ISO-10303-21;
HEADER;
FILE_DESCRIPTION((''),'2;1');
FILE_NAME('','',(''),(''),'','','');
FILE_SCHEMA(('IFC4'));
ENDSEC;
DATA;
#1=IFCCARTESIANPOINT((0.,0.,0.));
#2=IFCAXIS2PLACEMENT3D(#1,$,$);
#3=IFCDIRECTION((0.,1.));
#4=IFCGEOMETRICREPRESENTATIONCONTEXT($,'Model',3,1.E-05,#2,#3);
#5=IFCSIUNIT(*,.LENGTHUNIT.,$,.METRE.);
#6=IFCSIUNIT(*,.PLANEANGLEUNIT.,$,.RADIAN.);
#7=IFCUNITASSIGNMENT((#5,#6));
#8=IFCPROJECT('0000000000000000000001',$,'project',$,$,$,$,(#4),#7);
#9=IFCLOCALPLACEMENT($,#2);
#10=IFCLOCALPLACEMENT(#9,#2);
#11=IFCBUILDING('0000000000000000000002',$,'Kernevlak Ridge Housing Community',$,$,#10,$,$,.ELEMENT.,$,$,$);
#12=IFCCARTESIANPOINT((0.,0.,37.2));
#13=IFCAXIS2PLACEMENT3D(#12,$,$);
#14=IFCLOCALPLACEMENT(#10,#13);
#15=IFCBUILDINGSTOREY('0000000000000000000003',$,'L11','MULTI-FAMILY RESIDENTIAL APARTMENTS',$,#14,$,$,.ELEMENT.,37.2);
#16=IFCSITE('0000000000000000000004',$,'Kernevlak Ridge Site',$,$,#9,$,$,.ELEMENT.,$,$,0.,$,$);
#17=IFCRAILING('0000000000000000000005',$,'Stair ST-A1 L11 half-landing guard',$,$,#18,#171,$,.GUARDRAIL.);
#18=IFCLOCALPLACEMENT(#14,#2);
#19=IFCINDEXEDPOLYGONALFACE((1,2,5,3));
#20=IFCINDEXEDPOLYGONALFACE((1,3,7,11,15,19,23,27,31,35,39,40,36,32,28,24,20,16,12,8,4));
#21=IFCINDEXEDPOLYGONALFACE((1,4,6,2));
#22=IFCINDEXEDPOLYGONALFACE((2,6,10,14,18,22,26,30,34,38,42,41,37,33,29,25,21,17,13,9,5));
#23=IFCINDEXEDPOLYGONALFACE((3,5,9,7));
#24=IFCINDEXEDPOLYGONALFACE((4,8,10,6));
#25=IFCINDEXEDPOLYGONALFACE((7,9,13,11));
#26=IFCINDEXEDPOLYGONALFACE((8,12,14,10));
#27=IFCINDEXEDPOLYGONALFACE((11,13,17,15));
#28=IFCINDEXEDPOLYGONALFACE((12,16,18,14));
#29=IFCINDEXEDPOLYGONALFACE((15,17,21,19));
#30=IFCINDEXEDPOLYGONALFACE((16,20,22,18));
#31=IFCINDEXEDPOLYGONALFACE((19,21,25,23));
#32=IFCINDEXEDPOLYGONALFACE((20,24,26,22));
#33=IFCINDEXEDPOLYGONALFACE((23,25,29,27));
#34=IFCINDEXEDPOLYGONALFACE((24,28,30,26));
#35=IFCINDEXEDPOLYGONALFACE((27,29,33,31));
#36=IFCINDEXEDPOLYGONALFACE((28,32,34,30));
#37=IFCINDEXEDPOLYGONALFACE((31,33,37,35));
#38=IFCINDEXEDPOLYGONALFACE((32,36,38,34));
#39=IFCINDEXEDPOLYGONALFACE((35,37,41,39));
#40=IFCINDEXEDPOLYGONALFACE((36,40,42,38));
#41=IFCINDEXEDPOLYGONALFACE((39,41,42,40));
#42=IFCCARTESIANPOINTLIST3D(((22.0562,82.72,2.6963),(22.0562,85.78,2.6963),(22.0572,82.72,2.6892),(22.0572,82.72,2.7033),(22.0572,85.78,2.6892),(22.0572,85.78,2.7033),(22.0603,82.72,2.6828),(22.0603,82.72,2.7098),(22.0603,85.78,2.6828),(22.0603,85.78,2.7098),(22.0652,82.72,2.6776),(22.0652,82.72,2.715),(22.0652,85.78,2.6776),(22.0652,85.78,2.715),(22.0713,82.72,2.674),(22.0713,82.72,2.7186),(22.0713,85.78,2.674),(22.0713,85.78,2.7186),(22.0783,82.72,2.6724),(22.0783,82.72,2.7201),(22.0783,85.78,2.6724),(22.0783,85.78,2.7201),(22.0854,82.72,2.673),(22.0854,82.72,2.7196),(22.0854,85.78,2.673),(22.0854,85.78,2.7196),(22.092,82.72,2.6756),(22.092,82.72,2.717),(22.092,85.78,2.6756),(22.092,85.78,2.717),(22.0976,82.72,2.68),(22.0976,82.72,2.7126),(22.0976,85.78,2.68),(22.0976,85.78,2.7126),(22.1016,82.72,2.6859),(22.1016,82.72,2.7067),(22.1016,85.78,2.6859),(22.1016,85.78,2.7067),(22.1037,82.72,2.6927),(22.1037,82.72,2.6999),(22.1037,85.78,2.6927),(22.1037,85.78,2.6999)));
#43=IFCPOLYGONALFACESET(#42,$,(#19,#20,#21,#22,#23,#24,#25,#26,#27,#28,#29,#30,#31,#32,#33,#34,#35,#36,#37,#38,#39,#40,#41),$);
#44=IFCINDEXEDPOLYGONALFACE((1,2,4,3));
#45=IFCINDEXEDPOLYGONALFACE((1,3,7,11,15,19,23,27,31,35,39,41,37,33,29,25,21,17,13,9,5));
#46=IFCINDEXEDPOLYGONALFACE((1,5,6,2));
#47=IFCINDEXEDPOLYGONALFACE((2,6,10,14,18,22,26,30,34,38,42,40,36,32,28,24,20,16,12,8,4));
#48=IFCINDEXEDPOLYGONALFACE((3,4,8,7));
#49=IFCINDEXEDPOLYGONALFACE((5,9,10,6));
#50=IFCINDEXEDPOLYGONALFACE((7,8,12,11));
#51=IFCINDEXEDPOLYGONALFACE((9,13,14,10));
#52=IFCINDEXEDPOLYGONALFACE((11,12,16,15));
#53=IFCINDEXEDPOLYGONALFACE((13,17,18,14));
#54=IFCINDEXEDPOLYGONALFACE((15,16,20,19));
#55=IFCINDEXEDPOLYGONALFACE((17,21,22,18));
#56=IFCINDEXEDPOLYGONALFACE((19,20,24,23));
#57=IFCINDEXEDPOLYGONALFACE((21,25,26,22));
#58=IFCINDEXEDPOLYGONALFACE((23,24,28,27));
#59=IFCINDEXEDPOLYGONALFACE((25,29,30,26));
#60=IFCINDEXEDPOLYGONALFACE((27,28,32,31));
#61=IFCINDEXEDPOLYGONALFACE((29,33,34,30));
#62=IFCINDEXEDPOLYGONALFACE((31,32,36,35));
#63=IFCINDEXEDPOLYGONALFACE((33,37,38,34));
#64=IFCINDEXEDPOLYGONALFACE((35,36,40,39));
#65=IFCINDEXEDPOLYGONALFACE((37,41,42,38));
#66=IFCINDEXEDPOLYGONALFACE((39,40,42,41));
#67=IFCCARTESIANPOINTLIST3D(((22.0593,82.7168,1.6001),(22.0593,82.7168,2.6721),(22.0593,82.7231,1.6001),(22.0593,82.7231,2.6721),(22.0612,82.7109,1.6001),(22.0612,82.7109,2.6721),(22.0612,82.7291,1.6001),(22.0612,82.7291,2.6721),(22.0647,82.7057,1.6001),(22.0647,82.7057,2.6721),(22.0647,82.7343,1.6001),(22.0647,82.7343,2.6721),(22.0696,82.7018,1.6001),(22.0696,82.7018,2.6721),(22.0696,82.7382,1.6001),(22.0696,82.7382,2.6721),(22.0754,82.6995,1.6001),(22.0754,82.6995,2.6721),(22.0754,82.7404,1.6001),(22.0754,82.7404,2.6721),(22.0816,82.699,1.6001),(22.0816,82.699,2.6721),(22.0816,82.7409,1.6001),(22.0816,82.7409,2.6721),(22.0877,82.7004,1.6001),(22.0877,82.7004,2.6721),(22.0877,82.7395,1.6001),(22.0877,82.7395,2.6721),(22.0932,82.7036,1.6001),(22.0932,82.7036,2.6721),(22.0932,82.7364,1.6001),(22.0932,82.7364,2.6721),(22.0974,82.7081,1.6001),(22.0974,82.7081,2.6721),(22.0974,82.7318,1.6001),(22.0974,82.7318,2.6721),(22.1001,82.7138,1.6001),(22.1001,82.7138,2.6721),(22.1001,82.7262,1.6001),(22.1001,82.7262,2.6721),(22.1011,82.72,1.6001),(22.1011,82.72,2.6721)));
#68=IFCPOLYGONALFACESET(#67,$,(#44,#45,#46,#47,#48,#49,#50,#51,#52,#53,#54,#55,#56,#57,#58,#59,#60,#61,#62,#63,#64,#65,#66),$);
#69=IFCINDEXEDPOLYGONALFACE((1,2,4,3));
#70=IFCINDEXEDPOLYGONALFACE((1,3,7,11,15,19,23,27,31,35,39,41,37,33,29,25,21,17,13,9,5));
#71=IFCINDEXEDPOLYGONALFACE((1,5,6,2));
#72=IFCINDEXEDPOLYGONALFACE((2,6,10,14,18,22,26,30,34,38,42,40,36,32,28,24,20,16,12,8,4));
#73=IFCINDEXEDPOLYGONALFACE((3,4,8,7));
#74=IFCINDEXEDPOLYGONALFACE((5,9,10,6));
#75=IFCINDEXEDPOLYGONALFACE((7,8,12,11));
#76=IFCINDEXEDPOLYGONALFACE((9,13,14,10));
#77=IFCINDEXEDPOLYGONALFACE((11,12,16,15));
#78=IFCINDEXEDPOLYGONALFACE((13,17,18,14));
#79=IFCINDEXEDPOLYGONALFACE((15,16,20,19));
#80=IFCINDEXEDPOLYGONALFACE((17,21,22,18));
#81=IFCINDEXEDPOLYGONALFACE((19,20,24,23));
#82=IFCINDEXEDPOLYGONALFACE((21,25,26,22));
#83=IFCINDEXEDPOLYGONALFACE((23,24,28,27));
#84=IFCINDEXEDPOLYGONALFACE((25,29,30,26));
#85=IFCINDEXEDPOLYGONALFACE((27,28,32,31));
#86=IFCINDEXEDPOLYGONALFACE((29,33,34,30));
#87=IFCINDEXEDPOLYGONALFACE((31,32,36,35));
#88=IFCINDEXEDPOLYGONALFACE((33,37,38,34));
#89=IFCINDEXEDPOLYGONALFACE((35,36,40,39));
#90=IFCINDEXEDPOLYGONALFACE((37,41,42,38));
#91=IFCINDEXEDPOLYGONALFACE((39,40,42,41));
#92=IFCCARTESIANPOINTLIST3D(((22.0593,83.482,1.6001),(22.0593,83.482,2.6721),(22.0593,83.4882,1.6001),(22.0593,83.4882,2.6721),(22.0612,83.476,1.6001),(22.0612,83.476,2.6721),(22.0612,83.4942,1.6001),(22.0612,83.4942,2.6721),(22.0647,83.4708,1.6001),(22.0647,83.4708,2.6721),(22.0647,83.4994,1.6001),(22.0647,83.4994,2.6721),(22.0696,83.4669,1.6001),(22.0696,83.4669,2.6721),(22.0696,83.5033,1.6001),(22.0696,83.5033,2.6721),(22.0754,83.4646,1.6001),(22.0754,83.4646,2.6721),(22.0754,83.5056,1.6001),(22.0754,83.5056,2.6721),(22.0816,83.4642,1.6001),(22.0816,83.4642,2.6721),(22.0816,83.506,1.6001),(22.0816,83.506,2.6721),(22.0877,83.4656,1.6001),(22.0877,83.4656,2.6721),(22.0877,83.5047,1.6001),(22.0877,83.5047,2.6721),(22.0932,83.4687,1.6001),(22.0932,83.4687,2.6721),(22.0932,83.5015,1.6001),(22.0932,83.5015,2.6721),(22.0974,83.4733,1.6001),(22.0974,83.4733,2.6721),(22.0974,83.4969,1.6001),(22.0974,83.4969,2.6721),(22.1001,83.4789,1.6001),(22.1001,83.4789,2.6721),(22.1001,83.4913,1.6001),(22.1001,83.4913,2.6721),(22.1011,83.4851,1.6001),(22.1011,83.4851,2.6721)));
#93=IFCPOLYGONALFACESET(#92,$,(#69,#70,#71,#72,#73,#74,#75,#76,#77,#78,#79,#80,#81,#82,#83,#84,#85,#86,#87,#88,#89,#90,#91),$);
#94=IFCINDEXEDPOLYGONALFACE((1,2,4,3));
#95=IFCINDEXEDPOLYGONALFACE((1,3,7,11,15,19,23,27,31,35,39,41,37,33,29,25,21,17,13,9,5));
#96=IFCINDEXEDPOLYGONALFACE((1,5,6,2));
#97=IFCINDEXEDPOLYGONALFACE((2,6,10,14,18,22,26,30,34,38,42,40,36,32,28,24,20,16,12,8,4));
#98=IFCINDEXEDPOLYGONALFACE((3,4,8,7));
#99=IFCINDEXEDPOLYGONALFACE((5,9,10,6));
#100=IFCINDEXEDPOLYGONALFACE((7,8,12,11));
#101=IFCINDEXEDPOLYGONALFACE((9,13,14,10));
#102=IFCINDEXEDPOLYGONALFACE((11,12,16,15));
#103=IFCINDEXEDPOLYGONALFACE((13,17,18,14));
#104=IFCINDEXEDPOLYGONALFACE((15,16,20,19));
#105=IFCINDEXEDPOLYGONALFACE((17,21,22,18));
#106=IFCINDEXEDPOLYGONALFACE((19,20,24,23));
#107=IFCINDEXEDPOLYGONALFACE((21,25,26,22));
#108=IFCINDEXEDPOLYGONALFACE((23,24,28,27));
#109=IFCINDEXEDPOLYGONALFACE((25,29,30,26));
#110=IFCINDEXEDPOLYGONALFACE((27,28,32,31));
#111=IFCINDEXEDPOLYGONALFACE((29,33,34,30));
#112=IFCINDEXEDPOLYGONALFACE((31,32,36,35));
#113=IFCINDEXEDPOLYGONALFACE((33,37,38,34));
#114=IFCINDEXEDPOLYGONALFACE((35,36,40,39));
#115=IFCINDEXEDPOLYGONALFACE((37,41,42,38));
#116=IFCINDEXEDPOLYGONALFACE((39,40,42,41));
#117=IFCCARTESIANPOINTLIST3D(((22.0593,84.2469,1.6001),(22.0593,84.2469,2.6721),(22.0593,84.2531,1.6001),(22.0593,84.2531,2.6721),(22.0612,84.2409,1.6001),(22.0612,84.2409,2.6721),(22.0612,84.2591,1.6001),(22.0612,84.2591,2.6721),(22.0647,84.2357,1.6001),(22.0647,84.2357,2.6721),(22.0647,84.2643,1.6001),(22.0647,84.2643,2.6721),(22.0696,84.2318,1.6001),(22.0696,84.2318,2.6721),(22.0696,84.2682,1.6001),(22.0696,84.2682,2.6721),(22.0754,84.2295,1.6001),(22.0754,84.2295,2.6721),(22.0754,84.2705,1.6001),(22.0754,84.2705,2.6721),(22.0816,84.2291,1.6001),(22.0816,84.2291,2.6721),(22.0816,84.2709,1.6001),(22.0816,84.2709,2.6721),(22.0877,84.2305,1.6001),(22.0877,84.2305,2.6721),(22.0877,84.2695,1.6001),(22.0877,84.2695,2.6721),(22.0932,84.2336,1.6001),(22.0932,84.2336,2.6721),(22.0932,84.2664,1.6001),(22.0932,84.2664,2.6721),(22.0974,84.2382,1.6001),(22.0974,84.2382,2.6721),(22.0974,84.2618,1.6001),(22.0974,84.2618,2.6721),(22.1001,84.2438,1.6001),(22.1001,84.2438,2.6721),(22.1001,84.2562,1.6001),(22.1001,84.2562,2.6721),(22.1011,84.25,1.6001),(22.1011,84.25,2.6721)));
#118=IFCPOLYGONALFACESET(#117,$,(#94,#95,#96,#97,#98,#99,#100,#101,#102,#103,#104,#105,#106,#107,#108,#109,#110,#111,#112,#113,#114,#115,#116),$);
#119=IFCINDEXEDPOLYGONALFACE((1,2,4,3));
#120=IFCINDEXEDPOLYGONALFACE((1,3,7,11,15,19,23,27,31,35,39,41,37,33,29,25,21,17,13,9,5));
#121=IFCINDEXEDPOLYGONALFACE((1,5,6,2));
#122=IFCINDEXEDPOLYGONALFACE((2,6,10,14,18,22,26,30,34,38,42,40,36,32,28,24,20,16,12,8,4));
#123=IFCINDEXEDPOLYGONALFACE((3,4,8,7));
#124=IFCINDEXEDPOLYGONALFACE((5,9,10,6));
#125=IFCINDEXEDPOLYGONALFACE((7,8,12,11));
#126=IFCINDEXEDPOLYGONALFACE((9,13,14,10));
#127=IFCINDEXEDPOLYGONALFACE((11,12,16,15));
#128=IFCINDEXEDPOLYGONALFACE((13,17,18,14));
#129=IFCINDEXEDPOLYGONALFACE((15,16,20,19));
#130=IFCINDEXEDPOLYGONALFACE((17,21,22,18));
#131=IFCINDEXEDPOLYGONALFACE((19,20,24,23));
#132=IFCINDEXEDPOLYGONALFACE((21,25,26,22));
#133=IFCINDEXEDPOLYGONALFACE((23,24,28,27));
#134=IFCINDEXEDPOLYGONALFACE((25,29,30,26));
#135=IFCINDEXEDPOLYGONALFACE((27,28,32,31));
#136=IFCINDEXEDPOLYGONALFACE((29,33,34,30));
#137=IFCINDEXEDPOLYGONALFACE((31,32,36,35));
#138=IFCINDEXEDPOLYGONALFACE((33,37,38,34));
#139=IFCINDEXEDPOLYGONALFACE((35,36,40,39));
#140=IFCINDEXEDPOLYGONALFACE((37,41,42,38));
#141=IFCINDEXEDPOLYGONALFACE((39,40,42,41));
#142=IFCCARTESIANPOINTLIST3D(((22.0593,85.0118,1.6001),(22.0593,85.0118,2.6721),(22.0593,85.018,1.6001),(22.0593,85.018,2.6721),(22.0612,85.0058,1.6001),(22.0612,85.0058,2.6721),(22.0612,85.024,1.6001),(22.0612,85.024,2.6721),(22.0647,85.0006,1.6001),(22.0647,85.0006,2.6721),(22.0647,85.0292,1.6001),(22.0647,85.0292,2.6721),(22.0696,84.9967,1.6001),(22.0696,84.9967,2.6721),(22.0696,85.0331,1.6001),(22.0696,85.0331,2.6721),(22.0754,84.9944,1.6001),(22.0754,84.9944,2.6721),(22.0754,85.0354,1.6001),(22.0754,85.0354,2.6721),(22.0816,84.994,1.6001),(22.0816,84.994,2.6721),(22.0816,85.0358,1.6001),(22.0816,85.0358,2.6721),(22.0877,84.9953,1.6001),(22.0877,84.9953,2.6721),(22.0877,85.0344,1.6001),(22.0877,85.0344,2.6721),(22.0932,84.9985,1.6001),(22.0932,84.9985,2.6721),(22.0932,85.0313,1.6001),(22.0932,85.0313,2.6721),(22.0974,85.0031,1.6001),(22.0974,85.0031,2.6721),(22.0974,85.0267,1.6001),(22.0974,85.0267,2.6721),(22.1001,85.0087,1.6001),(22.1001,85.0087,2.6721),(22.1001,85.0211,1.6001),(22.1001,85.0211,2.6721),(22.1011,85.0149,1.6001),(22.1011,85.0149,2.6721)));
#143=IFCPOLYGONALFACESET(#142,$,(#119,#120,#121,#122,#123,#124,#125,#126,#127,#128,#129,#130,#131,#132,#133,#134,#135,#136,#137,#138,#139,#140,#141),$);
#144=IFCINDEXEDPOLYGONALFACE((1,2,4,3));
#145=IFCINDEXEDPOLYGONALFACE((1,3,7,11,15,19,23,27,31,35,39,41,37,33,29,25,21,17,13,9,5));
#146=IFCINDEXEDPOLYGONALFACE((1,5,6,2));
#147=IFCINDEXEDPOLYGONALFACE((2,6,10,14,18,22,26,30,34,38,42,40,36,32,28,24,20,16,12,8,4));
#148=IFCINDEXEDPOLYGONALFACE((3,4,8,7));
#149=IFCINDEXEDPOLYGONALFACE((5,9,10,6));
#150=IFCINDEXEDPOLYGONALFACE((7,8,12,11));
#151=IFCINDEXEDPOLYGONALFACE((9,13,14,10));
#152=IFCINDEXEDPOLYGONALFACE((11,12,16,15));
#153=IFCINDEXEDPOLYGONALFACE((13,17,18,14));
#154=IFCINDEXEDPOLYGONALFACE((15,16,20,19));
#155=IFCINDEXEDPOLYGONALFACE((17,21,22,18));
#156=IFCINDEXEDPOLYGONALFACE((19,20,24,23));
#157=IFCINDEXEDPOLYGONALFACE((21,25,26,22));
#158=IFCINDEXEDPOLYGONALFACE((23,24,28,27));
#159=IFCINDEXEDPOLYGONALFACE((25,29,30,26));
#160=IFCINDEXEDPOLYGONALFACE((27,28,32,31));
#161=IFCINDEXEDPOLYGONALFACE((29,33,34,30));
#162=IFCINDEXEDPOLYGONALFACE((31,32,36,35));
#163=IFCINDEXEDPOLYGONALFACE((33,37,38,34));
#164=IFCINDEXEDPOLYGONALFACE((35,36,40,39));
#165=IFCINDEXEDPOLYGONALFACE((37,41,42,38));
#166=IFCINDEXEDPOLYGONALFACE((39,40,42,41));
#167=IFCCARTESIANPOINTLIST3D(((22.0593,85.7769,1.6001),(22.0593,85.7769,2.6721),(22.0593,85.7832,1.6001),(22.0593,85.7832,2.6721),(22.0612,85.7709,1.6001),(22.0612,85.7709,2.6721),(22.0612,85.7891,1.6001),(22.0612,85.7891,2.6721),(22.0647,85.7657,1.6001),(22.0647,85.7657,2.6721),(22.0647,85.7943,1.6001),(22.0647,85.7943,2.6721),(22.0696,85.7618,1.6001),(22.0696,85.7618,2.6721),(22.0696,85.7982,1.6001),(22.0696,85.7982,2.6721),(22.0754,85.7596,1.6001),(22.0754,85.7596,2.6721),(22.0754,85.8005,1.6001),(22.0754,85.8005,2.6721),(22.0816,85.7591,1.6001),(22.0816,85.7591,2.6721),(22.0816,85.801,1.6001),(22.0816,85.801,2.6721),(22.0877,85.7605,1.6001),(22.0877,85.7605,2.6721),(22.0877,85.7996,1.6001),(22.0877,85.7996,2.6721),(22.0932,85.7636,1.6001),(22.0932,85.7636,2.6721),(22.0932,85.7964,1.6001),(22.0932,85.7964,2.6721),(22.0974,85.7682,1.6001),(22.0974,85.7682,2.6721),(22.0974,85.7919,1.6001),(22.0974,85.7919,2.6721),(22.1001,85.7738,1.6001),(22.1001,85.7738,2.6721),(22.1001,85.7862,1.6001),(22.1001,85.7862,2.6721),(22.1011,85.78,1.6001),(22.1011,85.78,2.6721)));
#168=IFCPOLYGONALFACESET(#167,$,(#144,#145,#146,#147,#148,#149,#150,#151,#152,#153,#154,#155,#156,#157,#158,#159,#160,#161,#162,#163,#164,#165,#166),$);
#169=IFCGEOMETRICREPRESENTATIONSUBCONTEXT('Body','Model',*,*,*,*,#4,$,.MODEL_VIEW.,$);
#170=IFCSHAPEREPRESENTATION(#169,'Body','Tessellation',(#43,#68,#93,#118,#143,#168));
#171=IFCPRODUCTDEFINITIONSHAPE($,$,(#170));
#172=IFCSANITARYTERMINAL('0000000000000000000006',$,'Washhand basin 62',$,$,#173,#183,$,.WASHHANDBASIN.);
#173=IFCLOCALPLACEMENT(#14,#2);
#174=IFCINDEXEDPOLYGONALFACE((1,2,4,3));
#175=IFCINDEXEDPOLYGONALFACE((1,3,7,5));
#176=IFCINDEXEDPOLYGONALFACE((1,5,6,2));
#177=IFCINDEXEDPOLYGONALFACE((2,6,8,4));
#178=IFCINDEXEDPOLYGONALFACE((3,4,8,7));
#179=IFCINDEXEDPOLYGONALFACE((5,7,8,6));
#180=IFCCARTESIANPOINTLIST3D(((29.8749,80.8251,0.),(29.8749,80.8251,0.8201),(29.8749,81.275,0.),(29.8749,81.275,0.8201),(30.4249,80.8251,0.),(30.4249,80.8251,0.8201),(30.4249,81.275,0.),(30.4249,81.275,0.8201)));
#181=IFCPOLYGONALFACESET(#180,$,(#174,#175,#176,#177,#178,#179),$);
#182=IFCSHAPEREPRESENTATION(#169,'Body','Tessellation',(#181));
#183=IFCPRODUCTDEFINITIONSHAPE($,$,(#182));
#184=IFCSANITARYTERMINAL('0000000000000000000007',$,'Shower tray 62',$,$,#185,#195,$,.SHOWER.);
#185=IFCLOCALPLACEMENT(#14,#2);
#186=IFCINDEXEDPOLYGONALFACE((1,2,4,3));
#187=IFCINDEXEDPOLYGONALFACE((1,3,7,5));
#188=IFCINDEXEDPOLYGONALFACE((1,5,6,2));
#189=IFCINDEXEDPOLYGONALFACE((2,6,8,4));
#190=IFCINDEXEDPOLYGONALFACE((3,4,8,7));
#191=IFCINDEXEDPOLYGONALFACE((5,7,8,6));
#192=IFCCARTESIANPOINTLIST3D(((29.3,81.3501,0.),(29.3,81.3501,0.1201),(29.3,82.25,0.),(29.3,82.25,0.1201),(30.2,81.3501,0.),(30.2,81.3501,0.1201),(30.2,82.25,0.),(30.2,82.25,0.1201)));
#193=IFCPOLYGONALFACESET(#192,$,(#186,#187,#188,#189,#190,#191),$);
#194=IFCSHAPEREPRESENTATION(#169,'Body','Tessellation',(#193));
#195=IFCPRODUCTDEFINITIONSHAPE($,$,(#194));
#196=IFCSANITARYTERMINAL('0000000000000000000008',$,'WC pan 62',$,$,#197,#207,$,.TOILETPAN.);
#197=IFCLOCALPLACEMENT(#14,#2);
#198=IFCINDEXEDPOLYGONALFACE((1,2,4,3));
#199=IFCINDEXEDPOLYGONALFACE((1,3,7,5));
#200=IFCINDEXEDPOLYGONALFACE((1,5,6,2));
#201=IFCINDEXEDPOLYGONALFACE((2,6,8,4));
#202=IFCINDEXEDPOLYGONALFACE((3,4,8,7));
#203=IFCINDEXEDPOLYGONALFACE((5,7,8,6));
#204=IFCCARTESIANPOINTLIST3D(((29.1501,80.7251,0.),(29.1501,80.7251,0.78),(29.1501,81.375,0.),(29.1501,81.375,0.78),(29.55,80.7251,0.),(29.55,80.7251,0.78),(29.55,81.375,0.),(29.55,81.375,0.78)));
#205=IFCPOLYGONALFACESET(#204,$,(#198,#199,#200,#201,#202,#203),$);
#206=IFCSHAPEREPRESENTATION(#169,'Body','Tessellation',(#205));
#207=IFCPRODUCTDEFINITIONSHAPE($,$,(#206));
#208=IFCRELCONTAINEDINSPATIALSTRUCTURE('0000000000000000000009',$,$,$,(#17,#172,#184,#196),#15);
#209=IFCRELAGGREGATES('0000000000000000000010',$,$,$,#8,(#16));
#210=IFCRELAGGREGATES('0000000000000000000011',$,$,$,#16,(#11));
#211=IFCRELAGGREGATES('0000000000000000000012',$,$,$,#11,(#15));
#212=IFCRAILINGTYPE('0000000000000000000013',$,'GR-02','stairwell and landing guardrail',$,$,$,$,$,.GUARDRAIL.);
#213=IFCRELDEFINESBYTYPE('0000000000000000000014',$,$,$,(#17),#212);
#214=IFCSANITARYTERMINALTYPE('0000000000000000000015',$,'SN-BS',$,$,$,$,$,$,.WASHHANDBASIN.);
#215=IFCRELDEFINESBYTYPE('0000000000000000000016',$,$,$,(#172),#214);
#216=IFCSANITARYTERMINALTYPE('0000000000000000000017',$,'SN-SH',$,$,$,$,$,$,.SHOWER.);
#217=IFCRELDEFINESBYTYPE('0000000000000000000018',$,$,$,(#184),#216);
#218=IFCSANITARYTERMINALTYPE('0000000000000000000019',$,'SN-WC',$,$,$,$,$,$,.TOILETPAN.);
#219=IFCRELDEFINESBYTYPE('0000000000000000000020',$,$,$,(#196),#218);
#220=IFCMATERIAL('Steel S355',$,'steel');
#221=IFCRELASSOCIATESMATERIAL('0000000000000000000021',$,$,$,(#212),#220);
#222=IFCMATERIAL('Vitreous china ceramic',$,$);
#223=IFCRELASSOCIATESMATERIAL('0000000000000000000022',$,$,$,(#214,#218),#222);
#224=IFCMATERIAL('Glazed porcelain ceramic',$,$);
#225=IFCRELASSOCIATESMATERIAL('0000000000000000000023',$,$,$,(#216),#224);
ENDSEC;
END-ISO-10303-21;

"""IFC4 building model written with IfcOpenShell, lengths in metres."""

from ifc_helpers import new_model, si_unit, direction, frame, origin, origin_2d, place, context, subcontext, project, spatial, rectangle, circle, extrude, material, type_object, element, save


model = new_model("IFC4")

# Units and contexts
model_context = context("Model", 3, precision=1e-05, world=origin(), true_north=direction((0.0, 1.0)))
body_context = subcontext(model_context, "Body", "Model", "MODEL_VIEW")
ifc_project = project(units=[si_unit("LENGTHUNIT", "METRE"), si_unit("PLANEANGLEUNIT", "RADIAN")], contexts=[model_context])

# Site, building, storey
site_placement = place(None, origin())
site = spatial("IfcSite", under=ifc_project, at=site_placement, Name="Kernevlak Ridge Site", CompositionType="ELEMENT", RefElevation=0.0)
building_placement = place(site_placement, origin())
building = spatial("IfcBuilding", under=site, at=building_placement, Name="Kernevlak Ridge Housing Community", CompositionType="ELEMENT")
storey_placement = place(building_placement, frame((0.0, 0.0, 37.2)))
storey = spatial("IfcBuildingStorey", under=building, at=storey_placement, Name="L11", Description="MULTI-FAMILY RESIDENTIAL APARTMENTS", CompositionType="ELEMENT", Elevation=37.2)

# Railing
ifc_material_1 = material(Name="Steel S355", Category="steel")
railing_type = type_object("IfcRailingType", Name="GR-02", Description="stairwell and landing guardrail", PredefinedType="GUARDRAIL", material=ifc_material_1)
railing_placement = place(storey_placement, frame((22.0801, 82.72, 1.6001)))
element("IfcRailing", 1, at=railing_placement, inside=storey, type_object=railing_type, Name="Stair ST-A1 L11 half-landing guard", PredefinedType="GUARDRAIL", context=body_context, shape_type="SweptSolid", body=[
    extrude(circle(Radius=0.0239, at=origin_2d()), frame((0.0, 0.0, 1.0962), z_axis=(0.0, 1.0, 0.0), x_axis=(-1.0, 0.0, 0.0)), (0.0, 0.0, 1.0), 3.0601),
    extrude(circle(Radius=0.021, at=origin_2d()), origin(), (0.0, 0.0, 1.0), 1.072),
    extrude(circle(Radius=0.021, at=origin_2d()), frame((0.0, 0.7651, 0.0)), (0.0, 0.0, 1.0), 1.072),
    extrude(circle(Radius=0.021, at=origin_2d()), frame((0.0, 1.53, 0.0)), (0.0, 0.0, 1.0), 1.072),
    extrude(circle(Radius=0.021, at=origin_2d()), frame((0.0, 2.2949, 0.0)), (0.0, 0.0, 1.0), 1.072),
    extrude(circle(Radius=0.021, at=origin_2d()), frame((0.0, 3.0601, 0.0)), (0.0, 0.0, 1.0), 1.072),
])

# Sanitary terminals
ifc_material_2 = material(Name="Vitreous china ceramic")
sanitary_terminal_type_1 = type_object("IfcSanitaryTerminalType", Name="SN-BS", PredefinedType="WASHHANDBASIN", material=ifc_material_2)
sanitary_terminal_1_placement = place(storey_placement, frame((30.1499, 81.05, 0.0), z_axis=(0.0, 0.0, 1.0), x_axis=(1.0, 0.0, 0.0)))
element("IfcSanitaryTerminal", 2, at=sanitary_terminal_1_placement, inside=storey, type_object=sanitary_terminal_type_1, Name="Washhand basin 62", PredefinedType="WASHHANDBASIN", context=body_context, shape_type="SweptSolid", body=[
    extrude(rectangle(XDim=0.55, YDim=0.45, at=origin_2d()), origin(), (0.0, 0.0, 1.0), 0.8201),
])
ifc_material_3 = material(Name="Glazed porcelain ceramic")
sanitary_terminal_type_2 = type_object("IfcSanitaryTerminalType", Name="SN-SH", PredefinedType="SHOWER", material=ifc_material_3)
sanitary_terminal_2_placement = place(storey_placement, frame((29.75, 81.8, 0.0), z_axis=(0.0, 0.0, 1.0), x_axis=(1.0, 0.0, 0.0)))
element("IfcSanitaryTerminal", 3, at=sanitary_terminal_2_placement, inside=storey, type_object=sanitary_terminal_type_2, Name="Shower tray 62", PredefinedType="SHOWER", context=body_context, shape_type="SweptSolid", body=[
    extrude(rectangle(XDim=0.8999, YDim=0.8999, at=origin_2d()), origin(), (0.0, 0.0, 1.0), 0.1201),
])
sanitary_terminal_type_3 = type_object("IfcSanitaryTerminalType", Name="SN-WC", PredefinedType="TOILETPAN", material=ifc_material_2)
sanitary_terminal_3_placement = place(storey_placement, frame((29.3501, 81.05, 0.0), z_axis=(0.0, 0.0, 1.0), x_axis=(1.0, 0.0, 0.0)))
element("IfcSanitaryTerminal", 4, at=sanitary_terminal_3_placement, inside=storey, type_object=sanitary_terminal_type_3, Name="WC pan 62", PredefinedType="TOILETPAN", context=body_context, shape_type="SweptSolid", body=[
    extrude(rectangle(XDim=0.3999, YDim=0.6499, at=origin_2d()), origin(), (0.0, 0.0, 1.0), 0.78),
])

save(model, "model.ifc")
